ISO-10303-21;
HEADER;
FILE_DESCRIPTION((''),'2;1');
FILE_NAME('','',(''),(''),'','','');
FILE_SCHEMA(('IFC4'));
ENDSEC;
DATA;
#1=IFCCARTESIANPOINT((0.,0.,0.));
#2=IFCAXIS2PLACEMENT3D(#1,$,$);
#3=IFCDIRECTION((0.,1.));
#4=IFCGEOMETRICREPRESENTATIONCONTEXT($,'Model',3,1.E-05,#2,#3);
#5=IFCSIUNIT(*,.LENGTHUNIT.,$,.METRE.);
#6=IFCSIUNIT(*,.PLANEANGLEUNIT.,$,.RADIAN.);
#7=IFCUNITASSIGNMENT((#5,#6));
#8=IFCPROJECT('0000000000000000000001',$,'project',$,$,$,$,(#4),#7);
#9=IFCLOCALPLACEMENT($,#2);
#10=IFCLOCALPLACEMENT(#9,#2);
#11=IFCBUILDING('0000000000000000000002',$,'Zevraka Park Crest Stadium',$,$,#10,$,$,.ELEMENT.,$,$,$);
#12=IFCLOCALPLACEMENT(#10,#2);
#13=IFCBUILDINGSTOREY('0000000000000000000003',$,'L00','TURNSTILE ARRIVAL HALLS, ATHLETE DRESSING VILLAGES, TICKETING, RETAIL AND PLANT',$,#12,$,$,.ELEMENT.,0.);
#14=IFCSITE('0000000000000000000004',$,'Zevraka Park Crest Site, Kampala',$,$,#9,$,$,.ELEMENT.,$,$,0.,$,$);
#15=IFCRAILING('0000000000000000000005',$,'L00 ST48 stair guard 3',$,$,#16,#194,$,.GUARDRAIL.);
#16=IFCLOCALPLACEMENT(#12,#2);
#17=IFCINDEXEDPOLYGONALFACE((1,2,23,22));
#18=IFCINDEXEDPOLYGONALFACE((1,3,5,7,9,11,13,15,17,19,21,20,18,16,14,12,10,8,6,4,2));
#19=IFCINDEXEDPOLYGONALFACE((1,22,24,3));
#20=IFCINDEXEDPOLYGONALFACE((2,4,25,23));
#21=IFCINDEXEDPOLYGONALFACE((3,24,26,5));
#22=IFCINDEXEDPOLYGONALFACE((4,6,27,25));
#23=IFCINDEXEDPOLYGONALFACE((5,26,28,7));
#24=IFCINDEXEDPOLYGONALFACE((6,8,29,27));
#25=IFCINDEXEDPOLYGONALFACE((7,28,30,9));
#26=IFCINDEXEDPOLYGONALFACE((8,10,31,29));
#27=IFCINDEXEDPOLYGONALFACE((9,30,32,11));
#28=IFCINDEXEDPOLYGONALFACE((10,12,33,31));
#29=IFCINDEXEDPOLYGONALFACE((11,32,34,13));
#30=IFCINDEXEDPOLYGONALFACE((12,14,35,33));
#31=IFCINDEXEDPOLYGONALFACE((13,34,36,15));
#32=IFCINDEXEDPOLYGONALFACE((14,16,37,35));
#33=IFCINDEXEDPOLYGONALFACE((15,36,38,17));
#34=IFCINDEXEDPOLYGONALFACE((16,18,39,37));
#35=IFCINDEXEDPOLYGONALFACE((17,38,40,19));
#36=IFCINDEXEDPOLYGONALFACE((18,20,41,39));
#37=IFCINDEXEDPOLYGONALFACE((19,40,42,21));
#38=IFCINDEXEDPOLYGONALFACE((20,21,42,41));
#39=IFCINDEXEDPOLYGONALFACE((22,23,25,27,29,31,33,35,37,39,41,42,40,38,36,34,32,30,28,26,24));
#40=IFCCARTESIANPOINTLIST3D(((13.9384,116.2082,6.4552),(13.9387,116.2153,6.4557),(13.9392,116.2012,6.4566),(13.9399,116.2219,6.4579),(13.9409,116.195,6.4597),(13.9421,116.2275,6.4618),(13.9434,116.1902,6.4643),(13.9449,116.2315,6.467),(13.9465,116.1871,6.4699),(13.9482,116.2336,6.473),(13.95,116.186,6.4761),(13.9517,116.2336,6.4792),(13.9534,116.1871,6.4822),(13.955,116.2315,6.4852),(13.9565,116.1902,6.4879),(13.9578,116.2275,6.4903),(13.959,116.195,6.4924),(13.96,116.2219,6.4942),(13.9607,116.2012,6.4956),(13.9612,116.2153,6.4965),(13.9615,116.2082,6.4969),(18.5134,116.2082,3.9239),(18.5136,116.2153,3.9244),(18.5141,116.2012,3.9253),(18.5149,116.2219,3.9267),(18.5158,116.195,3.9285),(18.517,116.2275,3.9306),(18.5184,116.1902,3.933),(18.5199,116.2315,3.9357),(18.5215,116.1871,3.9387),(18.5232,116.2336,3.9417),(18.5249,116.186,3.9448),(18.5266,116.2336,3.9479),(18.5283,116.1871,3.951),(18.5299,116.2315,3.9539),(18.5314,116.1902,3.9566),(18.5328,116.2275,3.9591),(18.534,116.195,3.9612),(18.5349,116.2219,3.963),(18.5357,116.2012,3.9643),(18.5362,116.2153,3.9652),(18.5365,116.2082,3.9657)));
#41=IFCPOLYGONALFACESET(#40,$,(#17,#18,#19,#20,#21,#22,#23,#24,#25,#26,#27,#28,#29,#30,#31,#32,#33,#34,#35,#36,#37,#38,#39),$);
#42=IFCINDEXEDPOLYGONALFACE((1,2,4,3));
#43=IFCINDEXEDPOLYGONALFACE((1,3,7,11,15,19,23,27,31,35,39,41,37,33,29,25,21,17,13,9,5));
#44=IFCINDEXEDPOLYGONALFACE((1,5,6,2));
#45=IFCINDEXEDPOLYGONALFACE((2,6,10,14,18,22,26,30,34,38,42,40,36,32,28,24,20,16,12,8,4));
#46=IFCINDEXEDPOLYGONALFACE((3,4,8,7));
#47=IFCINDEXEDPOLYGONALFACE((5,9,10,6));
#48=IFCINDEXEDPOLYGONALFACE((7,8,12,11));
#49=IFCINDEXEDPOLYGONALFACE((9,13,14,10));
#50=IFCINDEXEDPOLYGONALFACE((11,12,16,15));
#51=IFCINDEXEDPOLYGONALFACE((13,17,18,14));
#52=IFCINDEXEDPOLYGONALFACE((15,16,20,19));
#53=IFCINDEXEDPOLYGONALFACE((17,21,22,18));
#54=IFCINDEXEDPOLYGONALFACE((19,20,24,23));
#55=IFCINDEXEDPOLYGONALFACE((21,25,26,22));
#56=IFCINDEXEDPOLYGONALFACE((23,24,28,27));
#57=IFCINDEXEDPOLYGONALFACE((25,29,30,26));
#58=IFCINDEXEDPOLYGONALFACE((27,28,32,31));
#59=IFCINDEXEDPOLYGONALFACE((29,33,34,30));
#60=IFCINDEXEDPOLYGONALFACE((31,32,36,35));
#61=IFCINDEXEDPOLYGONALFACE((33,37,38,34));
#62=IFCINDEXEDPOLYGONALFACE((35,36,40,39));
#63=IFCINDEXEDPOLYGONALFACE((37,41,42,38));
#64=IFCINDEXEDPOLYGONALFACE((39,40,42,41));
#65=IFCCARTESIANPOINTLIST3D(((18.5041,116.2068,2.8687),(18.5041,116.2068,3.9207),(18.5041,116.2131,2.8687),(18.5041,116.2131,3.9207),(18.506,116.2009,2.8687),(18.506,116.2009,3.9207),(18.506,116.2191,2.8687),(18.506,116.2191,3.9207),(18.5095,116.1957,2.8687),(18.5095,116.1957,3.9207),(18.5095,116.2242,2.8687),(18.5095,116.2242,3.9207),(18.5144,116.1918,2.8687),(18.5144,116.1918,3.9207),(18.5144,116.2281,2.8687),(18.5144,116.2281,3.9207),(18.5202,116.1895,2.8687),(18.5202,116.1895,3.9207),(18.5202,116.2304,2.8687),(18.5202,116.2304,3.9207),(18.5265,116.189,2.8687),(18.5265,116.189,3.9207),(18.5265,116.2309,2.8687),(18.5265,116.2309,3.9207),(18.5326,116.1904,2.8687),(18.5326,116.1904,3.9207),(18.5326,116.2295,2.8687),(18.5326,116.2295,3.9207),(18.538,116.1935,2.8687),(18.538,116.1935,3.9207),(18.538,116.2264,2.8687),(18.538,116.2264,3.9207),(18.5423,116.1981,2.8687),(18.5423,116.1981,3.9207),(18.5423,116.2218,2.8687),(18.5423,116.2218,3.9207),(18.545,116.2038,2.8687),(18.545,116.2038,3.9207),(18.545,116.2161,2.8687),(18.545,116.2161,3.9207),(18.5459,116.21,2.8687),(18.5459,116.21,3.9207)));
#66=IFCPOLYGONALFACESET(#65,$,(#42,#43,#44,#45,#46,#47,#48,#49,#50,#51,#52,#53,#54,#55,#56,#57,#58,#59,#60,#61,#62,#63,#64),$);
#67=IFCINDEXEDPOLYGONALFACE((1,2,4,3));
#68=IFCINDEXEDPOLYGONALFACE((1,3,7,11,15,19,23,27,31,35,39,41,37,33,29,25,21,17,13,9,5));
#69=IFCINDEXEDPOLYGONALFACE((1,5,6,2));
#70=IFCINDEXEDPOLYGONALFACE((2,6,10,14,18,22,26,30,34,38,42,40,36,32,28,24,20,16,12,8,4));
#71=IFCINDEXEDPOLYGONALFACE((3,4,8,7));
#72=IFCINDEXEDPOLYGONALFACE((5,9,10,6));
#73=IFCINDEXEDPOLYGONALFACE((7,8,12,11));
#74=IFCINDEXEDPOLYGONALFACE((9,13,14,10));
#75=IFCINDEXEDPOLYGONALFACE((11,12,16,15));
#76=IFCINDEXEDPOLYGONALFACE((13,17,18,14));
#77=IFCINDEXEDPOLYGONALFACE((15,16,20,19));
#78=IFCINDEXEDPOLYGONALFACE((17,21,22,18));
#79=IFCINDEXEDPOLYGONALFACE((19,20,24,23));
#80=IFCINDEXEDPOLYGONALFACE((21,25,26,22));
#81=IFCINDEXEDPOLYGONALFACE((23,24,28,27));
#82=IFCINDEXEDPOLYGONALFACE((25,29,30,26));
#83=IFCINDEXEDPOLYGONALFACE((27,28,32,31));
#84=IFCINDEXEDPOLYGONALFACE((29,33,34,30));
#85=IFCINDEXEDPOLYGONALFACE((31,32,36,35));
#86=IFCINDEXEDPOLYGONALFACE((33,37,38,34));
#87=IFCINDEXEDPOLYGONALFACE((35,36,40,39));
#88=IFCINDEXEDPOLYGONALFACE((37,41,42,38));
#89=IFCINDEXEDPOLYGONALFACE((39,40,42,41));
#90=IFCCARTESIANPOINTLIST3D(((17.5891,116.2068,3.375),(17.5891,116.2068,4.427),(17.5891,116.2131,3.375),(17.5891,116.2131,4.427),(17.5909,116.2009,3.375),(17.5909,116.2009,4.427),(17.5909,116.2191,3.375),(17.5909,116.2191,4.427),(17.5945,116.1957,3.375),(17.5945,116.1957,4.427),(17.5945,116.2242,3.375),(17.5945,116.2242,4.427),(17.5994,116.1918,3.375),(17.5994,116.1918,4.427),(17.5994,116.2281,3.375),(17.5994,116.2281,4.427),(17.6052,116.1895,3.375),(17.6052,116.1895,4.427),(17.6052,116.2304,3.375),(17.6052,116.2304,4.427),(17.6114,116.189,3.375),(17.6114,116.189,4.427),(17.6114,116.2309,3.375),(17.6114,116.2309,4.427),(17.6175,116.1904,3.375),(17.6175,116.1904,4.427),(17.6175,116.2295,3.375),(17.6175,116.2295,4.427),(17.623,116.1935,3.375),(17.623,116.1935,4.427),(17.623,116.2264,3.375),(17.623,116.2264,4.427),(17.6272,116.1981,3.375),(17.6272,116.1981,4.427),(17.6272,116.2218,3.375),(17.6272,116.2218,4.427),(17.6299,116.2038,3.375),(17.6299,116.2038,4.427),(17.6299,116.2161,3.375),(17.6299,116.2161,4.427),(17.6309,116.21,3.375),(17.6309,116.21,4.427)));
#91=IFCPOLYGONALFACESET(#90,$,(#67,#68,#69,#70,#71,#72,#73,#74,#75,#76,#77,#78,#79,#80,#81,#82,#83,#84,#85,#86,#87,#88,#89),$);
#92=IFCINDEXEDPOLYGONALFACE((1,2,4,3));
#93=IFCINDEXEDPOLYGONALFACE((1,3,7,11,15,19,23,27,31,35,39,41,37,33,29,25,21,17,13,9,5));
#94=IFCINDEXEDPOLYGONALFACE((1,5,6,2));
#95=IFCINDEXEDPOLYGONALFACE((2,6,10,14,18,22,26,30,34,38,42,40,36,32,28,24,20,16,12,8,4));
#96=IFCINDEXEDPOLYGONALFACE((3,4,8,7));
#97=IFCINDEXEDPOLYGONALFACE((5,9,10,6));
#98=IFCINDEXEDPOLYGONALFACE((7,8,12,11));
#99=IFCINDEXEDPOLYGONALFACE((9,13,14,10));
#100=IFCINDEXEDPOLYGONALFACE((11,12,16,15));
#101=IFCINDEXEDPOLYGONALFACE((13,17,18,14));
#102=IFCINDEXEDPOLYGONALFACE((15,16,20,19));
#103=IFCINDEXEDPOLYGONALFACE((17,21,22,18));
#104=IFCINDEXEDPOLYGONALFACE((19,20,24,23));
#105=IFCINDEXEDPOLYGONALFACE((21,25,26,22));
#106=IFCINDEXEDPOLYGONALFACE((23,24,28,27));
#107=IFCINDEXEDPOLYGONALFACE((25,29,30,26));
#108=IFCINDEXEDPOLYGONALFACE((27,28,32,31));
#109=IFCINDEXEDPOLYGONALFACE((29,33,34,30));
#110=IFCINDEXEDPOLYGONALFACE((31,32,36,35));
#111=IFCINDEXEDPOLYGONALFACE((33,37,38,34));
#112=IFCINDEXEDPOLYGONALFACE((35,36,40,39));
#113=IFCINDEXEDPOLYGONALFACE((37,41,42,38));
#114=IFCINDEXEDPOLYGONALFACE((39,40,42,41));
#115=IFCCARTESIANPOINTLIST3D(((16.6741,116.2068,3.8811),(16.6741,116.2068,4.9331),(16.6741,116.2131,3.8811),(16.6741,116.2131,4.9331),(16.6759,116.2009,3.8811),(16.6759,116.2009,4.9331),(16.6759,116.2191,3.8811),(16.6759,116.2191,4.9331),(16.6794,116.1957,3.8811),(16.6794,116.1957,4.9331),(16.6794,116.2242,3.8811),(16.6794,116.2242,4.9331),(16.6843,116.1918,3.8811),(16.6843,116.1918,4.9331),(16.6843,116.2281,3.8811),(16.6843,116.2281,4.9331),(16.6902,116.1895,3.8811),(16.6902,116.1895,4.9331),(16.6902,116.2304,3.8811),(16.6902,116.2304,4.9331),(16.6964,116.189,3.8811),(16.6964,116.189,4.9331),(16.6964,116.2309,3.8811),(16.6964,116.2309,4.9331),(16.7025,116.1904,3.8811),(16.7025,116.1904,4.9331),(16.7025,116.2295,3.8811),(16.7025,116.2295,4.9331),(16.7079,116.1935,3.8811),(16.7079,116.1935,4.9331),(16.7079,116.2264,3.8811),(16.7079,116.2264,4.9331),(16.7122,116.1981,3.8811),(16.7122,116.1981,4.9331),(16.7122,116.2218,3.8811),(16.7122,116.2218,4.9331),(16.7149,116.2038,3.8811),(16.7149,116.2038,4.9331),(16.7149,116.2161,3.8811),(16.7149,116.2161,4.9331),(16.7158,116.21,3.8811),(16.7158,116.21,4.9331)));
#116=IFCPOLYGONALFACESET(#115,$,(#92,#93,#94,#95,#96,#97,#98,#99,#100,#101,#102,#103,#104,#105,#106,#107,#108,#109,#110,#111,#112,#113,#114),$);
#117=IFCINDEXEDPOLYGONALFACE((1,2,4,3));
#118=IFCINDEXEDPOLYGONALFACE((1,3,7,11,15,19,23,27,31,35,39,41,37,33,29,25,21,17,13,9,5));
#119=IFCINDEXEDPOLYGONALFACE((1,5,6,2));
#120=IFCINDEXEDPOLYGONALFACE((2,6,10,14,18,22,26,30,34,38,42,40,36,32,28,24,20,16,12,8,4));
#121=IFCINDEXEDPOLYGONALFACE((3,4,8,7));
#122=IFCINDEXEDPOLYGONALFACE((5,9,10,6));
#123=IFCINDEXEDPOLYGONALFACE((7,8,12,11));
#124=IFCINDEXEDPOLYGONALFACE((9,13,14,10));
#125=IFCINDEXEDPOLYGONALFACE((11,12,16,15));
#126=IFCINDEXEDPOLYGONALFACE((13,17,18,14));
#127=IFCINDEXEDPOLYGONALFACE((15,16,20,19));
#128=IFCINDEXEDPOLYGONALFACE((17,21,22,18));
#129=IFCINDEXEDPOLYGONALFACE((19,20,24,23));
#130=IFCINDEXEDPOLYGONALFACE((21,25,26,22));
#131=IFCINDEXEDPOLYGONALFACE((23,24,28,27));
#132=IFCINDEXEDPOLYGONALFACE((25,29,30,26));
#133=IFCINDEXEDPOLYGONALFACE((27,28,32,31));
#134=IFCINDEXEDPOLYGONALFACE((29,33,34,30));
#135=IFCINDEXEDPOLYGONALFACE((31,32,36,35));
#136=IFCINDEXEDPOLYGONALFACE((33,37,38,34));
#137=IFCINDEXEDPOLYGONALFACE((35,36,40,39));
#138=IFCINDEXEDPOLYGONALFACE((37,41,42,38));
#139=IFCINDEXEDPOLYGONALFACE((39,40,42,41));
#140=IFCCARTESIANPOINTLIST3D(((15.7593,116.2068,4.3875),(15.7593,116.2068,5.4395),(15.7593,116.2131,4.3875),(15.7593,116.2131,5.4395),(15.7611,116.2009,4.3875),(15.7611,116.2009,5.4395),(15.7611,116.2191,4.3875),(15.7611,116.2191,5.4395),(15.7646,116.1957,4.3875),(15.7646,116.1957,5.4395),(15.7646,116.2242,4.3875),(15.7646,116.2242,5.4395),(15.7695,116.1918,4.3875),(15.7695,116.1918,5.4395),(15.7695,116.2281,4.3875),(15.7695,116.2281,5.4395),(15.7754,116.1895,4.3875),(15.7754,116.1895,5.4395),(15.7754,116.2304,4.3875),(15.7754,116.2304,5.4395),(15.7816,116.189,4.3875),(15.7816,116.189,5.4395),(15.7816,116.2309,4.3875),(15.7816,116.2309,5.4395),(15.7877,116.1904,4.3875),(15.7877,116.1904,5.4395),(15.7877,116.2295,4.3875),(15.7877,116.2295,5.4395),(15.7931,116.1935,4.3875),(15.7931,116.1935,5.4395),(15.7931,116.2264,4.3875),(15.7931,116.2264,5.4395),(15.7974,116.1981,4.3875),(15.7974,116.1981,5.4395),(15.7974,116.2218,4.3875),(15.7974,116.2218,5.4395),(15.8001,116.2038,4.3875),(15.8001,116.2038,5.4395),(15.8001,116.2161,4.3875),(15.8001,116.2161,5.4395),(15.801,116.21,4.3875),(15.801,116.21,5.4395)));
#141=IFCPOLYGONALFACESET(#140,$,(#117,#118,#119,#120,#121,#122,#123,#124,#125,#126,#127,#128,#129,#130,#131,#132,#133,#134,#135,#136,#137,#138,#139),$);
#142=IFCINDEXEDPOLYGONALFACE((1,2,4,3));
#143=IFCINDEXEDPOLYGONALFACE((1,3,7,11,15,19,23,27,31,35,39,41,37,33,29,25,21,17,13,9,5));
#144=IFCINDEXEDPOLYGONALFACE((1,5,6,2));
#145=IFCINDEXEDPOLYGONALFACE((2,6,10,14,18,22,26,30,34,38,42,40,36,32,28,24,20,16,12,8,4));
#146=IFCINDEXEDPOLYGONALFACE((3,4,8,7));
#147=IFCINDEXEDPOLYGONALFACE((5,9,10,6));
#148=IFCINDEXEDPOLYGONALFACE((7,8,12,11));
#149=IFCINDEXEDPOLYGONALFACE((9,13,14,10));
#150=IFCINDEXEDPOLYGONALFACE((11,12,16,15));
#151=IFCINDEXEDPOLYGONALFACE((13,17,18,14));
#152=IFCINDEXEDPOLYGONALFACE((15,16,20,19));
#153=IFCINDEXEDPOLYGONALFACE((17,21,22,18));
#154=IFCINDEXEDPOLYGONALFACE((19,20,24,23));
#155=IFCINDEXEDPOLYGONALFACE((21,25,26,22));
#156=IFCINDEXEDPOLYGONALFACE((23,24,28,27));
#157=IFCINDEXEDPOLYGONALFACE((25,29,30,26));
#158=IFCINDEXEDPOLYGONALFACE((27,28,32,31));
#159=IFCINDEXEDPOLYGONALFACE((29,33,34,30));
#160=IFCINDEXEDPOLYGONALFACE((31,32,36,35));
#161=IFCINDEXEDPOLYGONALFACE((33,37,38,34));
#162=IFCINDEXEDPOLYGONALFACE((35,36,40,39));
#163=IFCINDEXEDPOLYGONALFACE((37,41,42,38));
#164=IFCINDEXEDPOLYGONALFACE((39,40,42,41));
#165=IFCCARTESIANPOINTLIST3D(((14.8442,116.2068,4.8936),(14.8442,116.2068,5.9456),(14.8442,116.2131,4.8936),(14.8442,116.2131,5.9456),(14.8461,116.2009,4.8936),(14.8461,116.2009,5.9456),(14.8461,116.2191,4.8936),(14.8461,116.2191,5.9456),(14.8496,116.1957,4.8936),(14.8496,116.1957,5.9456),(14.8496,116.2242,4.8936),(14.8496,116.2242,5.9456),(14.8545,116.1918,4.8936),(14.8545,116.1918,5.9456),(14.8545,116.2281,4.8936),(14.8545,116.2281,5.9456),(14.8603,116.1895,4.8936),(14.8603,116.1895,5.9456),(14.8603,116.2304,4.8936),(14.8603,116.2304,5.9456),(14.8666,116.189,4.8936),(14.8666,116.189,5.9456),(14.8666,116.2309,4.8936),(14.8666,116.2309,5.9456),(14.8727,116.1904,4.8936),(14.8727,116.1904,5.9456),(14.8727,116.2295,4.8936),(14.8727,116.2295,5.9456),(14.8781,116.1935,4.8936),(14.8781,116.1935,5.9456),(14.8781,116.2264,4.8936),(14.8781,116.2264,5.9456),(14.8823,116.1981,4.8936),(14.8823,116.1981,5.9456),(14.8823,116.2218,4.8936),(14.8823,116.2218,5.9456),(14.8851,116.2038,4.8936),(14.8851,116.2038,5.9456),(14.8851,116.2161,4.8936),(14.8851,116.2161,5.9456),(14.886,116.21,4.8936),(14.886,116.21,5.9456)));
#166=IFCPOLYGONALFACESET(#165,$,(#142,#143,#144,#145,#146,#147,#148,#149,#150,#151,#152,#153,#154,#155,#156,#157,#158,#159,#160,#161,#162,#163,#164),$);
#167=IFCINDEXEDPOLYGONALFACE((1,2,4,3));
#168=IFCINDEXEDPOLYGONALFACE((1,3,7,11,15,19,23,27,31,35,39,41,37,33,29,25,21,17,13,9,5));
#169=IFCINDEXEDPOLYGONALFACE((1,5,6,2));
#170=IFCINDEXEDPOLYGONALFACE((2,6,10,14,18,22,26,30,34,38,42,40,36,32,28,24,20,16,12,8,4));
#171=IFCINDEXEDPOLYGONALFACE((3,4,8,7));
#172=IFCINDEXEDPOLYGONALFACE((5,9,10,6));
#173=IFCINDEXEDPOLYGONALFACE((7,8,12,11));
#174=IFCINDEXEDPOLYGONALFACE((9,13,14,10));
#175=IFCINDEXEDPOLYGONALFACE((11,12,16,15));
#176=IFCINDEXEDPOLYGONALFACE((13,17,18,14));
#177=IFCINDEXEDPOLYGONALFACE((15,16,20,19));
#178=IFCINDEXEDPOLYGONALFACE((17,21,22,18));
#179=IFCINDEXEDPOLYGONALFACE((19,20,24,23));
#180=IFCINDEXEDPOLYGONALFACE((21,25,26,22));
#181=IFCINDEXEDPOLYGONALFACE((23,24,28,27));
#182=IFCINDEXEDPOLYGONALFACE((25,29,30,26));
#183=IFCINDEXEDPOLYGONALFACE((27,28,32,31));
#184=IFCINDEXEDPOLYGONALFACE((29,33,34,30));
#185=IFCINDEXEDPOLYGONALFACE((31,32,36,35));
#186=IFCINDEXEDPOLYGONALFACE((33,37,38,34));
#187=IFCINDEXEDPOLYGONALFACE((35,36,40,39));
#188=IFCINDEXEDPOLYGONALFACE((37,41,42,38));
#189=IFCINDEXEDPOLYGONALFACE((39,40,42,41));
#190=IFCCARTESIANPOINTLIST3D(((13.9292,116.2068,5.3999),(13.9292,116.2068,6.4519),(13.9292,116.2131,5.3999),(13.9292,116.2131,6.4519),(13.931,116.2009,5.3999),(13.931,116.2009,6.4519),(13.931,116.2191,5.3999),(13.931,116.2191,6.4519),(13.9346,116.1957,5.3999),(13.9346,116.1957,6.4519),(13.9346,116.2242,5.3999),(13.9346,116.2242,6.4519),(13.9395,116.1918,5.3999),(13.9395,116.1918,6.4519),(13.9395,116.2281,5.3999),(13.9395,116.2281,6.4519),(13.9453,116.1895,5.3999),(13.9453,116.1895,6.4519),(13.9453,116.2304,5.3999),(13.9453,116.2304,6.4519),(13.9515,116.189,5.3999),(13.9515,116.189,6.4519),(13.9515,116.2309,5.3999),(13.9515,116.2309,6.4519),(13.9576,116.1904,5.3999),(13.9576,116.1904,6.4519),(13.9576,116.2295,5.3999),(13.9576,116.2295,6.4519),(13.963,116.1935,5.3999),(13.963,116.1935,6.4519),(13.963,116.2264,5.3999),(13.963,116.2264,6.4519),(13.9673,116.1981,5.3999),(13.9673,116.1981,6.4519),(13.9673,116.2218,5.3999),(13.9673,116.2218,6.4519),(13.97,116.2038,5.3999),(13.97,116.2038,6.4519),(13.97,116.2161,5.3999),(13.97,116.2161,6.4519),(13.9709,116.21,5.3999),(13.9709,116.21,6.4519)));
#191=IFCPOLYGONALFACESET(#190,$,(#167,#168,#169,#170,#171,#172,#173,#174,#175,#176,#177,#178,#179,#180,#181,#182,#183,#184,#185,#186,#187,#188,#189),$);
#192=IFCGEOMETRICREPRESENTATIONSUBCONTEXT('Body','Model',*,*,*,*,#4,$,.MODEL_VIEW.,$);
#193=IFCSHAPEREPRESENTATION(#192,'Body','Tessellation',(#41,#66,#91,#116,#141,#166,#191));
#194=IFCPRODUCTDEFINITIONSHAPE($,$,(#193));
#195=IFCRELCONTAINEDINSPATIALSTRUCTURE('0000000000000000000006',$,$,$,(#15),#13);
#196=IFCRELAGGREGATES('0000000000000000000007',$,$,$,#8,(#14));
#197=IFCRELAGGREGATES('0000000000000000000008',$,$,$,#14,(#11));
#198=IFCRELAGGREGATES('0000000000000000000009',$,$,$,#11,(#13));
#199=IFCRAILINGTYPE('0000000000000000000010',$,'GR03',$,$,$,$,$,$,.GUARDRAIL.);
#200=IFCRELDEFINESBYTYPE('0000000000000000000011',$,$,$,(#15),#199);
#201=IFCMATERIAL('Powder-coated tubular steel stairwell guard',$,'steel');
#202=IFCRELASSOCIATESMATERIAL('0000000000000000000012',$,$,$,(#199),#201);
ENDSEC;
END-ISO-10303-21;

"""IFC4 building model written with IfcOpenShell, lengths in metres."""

from ifc_helpers import new_model, si_unit, direction, frame, origin, origin_2d, place, context, subcontext, project, spatial, circle, extrude, material, type_object, element, save


model = new_model("IFC4")

# Units and contexts
model_context = context("Model", 3, precision=1e-05, world=origin(), true_north=direction((0.0, 1.0)))
body_context = subcontext(model_context, "Body", "Model", "MODEL_VIEW")
ifc_project = project(units=[si_unit("LENGTHUNIT", "METRE"), si_unit("PLANEANGLEUNIT", "RADIAN")], contexts=[model_context])

# Site, building, storey
site_placement = place(None, origin())
site = spatial("IfcSite", under=ifc_project, at=site_placement, Name="Zevraka Park Crest Site, Kampala", CompositionType="ELEMENT", RefElevation=0.0)
building_placement = place(site_placement, origin())
building = spatial("IfcBuilding", under=site, at=building_placement, Name="Zevraka Park Crest Stadium", CompositionType="ELEMENT")
storey_placement = place(building_placement, origin())
storey = spatial("IfcBuildingStorey", under=building, at=storey_placement, Name="L00", Description="TURNSTILE ARRIVAL HALLS, ATHLETE DRESSING VILLAGES, TICKETING, RETAIL AND PLANT", CompositionType="ELEMENT", Elevation=0.0)

# Railing
ifc_material_1 = material(Name="Powder-coated tubular steel stairwell guard", Category="steel")
railing_type_1 = type_object("IfcRailingType", Name="GR03", PredefinedType="GUARDRAIL", material=ifc_material_1)
railing_1_placement = place(storey_placement, frame((18.5249, 116.21, 2.8687)))
element("IfcRailing", 1, at=railing_1_placement, inside=storey, type_object=railing_type_1, Name="L00 ST48 stair guard 3", PredefinedType="GUARDRAIL", context=body_context, shape_type="SweptSolid", body=[
    extrude(circle(Radius=0.0239, at=origin_2d()), frame((0.0, 0.0, 1.0762), z_axis=(-0.875, 0.0, 0.484124), x_axis=(0.0, -1.0, 0.0)), (0.0, 0.0, 1.0), 5.2285),
    extrude(circle(Radius=0.021, at=origin_2d()), origin(), (0.0, 0.0, 1.0), 1.052),
    extrude(circle(Radius=0.021, at=origin_2d()), frame((-0.915, 0.0, 0.5063)), (0.0, 0.0, 1.0), 1.052),
    extrude(circle(Radius=0.021, at=origin_2d()), frame((-1.8301, 0.0, 1.0125)), (0.0, 0.0, 1.0), 1.052),
    extrude(circle(Radius=0.021, at=origin_2d()), frame((-2.7449, 0.0, 1.5188)), (0.0, 0.0, 1.0), 1.052),
    extrude(circle(Radius=0.021, at=origin_2d()), frame((-3.6599, 0.0, 2.0249)), (0.0, 0.0, 1.0), 1.052),
    extrude(circle(Radius=0.021, at=origin_2d()), frame((-4.575, 0.0, 2.5312)), (0.0, 0.0, 1.0), 1.052),
])

save(model, "model.ifc")
